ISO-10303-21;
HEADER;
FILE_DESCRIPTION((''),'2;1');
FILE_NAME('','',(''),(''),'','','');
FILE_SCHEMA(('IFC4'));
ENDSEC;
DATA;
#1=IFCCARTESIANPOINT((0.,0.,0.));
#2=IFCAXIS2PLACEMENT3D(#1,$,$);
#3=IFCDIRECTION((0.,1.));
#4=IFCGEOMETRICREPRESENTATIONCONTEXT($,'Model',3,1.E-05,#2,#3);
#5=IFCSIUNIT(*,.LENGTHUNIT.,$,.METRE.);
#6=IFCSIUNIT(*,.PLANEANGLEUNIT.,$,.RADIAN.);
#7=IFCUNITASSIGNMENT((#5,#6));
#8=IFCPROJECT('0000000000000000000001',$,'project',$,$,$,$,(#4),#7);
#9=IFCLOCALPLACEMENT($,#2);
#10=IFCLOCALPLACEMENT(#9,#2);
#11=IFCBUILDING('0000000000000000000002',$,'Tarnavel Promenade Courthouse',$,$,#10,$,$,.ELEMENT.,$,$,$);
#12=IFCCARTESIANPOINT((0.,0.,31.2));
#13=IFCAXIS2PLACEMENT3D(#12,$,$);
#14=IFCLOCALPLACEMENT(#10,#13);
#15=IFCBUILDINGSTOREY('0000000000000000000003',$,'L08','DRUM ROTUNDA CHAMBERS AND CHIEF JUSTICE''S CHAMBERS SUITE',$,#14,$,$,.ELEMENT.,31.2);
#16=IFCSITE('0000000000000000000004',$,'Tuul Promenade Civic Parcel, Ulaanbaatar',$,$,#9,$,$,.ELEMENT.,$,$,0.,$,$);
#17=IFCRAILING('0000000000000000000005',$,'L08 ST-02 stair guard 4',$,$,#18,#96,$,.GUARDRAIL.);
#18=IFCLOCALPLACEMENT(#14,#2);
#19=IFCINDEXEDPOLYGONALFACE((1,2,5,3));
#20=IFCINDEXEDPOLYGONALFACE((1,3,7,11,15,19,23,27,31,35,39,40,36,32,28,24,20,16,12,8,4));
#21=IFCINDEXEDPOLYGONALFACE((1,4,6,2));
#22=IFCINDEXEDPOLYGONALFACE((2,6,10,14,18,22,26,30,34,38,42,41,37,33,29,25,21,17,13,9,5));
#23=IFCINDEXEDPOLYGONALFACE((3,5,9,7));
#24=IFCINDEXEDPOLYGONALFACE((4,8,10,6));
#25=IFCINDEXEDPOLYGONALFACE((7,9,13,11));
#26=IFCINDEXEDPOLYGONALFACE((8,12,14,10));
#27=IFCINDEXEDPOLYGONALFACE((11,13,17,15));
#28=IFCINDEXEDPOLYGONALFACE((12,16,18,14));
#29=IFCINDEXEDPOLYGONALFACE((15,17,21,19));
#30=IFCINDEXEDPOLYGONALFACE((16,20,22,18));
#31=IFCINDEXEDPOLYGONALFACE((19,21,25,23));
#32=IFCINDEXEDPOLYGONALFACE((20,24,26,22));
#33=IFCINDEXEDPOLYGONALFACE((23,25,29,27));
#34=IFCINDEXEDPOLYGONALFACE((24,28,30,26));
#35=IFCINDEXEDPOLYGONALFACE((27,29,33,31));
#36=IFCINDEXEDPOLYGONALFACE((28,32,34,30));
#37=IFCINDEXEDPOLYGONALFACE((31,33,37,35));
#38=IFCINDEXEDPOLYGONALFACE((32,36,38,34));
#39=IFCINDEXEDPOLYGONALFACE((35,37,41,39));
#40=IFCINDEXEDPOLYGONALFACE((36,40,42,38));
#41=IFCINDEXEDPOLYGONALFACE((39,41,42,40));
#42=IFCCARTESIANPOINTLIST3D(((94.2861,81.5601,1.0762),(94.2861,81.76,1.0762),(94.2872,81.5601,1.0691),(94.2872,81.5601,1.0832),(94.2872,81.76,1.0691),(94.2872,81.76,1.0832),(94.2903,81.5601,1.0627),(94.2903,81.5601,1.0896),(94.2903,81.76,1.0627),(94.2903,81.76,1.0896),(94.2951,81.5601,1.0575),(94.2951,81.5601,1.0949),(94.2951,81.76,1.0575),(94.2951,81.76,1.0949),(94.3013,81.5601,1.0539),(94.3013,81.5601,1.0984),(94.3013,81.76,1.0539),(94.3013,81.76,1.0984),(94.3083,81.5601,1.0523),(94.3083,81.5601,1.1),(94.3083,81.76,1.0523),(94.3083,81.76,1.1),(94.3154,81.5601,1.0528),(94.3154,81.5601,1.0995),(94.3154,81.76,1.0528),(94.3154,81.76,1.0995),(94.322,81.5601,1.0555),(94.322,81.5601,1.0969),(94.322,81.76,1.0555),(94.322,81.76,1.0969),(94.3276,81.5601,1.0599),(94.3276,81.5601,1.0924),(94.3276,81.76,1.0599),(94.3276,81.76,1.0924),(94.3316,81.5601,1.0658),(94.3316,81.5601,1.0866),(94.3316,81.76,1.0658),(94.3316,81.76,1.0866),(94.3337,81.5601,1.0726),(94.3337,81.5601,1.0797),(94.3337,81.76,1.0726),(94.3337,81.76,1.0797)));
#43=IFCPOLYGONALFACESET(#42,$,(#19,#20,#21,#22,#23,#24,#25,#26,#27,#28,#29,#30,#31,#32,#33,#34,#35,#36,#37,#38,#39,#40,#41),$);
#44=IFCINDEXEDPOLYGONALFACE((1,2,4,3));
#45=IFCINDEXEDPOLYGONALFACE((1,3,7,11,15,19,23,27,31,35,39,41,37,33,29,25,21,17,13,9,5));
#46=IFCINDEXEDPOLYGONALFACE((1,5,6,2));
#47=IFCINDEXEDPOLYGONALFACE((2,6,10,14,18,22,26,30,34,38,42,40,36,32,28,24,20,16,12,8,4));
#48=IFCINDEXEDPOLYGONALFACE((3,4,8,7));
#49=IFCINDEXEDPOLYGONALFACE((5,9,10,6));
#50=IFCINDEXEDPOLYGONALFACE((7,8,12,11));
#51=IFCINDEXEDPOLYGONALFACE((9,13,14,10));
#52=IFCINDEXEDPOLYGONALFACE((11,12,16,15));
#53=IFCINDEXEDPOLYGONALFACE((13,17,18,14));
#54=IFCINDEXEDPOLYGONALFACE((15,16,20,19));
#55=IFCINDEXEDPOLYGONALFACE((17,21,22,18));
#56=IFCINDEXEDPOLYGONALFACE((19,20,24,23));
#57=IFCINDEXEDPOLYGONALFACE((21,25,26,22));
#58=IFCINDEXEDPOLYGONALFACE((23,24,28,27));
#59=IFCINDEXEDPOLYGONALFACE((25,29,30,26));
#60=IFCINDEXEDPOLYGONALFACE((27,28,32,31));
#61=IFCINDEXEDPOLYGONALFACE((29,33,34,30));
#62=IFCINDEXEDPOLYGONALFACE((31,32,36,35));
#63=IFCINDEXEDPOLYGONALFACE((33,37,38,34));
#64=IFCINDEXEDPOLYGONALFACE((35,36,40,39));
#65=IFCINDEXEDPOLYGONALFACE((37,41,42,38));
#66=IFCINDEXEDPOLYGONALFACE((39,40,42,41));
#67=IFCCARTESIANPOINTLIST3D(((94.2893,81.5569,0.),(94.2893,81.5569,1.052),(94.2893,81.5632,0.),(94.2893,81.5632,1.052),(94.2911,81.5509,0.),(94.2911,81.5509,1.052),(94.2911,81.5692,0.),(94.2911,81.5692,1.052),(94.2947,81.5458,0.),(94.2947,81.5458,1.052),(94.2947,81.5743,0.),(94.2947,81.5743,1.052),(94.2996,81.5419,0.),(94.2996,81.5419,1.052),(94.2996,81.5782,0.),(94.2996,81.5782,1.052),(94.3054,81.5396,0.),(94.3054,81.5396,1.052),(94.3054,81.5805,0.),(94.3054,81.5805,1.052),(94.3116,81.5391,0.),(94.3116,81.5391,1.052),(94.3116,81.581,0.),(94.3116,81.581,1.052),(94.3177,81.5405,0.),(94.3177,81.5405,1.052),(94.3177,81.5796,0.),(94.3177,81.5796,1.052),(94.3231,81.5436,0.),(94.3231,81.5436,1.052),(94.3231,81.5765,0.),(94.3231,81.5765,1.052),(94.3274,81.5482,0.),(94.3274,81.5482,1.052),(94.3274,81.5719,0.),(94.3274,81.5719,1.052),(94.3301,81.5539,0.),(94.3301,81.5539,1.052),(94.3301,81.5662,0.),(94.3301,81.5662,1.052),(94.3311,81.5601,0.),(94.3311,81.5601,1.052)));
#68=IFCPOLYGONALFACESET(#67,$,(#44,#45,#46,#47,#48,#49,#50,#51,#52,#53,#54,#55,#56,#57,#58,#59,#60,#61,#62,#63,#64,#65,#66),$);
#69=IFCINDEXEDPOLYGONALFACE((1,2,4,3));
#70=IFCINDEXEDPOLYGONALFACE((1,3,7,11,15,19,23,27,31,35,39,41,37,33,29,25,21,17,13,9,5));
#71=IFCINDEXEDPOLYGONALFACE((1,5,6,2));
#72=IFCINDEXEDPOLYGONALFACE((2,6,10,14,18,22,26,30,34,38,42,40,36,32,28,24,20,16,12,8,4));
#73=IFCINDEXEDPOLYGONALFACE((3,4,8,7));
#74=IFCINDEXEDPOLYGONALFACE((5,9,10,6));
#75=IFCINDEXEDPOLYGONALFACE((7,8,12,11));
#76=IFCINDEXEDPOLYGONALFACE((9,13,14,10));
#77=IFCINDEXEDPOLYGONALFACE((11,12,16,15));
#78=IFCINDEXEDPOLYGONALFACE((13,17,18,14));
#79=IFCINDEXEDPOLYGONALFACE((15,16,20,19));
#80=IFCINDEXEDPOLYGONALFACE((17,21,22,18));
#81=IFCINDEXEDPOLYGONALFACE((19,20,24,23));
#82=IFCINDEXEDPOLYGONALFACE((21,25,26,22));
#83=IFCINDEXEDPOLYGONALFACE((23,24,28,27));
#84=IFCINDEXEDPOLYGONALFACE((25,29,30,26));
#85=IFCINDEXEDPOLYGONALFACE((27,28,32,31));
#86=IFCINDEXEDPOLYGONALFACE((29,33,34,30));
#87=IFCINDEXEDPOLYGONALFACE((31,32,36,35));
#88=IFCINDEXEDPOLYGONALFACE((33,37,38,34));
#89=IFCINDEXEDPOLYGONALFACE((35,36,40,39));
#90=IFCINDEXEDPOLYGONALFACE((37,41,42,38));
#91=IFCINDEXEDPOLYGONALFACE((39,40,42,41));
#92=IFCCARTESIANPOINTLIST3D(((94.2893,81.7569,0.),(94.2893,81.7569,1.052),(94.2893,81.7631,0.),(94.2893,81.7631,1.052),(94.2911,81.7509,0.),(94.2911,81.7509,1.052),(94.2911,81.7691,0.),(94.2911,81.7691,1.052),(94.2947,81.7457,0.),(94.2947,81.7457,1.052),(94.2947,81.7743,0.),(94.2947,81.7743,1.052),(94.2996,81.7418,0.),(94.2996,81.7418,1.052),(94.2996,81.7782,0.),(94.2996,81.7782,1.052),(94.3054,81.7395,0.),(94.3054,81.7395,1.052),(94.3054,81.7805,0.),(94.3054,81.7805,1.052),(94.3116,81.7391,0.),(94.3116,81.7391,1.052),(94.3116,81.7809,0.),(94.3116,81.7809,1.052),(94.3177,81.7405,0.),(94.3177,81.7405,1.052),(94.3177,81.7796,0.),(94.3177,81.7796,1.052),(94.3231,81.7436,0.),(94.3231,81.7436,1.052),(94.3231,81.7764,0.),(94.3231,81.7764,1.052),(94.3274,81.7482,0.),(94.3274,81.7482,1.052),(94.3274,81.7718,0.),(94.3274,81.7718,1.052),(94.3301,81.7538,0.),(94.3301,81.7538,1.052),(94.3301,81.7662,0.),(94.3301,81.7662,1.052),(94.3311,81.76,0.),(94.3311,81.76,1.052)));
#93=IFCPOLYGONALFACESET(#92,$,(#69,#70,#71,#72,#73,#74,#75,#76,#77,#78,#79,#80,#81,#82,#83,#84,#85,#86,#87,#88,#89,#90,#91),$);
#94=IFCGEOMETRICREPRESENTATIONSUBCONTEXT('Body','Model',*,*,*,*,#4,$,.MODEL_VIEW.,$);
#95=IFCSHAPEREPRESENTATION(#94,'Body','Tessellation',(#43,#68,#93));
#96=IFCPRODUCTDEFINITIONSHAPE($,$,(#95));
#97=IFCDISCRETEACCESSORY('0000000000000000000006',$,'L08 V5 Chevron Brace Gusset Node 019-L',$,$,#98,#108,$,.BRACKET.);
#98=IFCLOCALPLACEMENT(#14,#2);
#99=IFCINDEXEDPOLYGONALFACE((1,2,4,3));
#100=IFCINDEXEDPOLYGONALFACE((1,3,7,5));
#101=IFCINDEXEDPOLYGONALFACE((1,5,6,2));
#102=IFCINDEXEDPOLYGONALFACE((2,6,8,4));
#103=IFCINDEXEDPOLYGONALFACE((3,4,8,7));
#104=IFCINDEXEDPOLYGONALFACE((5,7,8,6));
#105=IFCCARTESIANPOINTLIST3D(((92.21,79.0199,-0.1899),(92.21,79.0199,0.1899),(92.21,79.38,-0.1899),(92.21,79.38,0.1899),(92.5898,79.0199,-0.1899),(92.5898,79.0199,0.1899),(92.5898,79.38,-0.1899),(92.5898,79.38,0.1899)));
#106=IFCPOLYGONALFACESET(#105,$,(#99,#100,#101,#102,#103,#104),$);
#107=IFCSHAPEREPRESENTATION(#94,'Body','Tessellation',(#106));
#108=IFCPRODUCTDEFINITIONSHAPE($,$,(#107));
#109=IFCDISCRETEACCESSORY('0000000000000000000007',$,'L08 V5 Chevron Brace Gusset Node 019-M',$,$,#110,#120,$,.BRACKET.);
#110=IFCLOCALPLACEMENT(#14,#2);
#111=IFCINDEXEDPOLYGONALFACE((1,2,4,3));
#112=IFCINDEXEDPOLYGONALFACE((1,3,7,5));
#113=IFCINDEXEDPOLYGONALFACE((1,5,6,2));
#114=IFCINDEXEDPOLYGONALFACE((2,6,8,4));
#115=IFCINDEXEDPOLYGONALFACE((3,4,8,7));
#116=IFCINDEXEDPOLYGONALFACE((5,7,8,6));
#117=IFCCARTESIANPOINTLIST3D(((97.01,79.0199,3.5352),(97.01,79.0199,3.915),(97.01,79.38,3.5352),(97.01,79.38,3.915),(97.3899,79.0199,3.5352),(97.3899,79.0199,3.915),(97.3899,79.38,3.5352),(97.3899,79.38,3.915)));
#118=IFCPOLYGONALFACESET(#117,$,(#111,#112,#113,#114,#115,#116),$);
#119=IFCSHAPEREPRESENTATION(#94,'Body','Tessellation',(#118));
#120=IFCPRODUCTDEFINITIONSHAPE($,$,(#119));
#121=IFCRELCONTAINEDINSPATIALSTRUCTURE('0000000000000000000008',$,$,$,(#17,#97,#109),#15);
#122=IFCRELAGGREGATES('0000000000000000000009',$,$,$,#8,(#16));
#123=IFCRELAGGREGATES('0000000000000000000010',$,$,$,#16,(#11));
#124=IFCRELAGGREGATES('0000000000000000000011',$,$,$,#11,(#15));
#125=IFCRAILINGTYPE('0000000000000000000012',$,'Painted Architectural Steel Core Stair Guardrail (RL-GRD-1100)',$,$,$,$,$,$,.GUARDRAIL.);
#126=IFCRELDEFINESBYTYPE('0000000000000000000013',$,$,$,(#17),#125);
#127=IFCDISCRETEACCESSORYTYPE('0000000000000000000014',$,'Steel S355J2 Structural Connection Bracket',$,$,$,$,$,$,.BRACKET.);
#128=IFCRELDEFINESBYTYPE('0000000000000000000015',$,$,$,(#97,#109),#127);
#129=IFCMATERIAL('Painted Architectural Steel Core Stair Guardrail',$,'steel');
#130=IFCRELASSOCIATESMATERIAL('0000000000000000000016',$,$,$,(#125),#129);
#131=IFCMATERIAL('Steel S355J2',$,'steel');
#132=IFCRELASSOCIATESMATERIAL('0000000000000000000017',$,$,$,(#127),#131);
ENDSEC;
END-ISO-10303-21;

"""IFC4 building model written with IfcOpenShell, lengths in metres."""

from ifc_helpers import new_model, si_unit, direction, frame, origin, origin_2d, place, context, subcontext, project, spatial, rectangle, circle, extrude, material, type_object, element, save


model = new_model("IFC4")

# Units and contexts
model_context = context("Model", 3, precision=1e-05, world=origin(), true_north=direction((0.0, 1.0)))
body_context = subcontext(model_context, "Body", "Model", "MODEL_VIEW")
ifc_project = project(units=[si_unit("LENGTHUNIT", "METRE"), si_unit("PLANEANGLEUNIT", "RADIAN")], contexts=[model_context])

# Site, building, storey
site_placement = place(None, origin())
site = spatial("IfcSite", under=ifc_project, at=site_placement, Name="Tuul Promenade Civic Parcel, Ulaanbaatar", CompositionType="ELEMENT", RefElevation=0.0)
building_placement = place(site_placement, origin())
building = spatial("IfcBuilding", under=site, at=building_placement, Name="Tarnavel Promenade Courthouse", CompositionType="ELEMENT")
storey_placement = place(building_placement, frame((0.0, 0.0, 31.2)))
storey = spatial("IfcBuildingStorey", under=building, at=storey_placement, Name="L08", Description="DRUM ROTUNDA CHAMBERS AND CHIEF JUSTICE'S CHAMBERS SUITE", CompositionType="ELEMENT", Elevation=31.2)

# Shared definitions
ifc_material_1 = material(Name="Steel S355J2", Category="steel")

# Railing
ifc_material_2 = material(Name="Painted Architectural Steel Core Stair Guardrail", Category="steel")
railing_type_1 = type_object("IfcRailingType", Name="Painted Architectural Steel Core Stair Guardrail (RL-GRD-1100)", PredefinedType="GUARDRAIL", material=ifc_material_2)
railing_1_placement = place(storey_placement, frame((94.3101, 81.5601, 0.0)))
element("IfcRailing", 1, at=railing_1_placement, inside=storey, type_object=railing_type_1, Name="L08 ST-02 stair guard 4", PredefinedType="GUARDRAIL", context=body_context, shape_type="SweptSolid", body=[
    extrude(circle(Radius=0.0239, at=origin_2d()), frame((0.0, 0.0, 1.0762), z_axis=(0.0, 1.0, 0.0), x_axis=(-1.0, 0.0, 0.0)), (0.0, 0.0, 1.0), 0.2),
    extrude(circle(Radius=0.021, at=origin_2d()), origin(), (0.0, 0.0, 1.0), 1.052),
    extrude(circle(Radius=0.021, at=origin_2d()), frame((0.0, 0.2, 0.0)), (0.0, 0.0, 1.0), 1.052),
])

# Discrete accessories
discrete_accessory_type = type_object("IfcDiscreteAccessoryType", Name="Steel S355J2 Structural Connection Bracket", PredefinedType="BRACKET", material=ifc_material_1)
for number, where, z_axis, x_axis, name in (
    (2, (92.3999, 79.2, -0.1899), (0.0, 0.0, 1.0), (1.0, 0.0, 0.0), "L08 V5 Chevron Brace Gusset Node 019-L"),
    (3, (97.2, 79.2, 3.5352), (0.0, 0.0, 1.0), (1.0, 0.0, 0.0), "L08 V5 Chevron Brace Gusset Node 019-M"),
):
    element("IfcDiscreteAccessory", number, at=place(storey_placement, frame(where, z_axis=z_axis, x_axis=x_axis)), inside=storey, type_object=discrete_accessory_type, Name=name, PredefinedType="BRACKET", context=body_context, shape_type="SweptSolid", body=[
        extrude(rectangle(XDim=0.3799, YDim=0.3601, at=origin_2d()), origin(), (0.0, 0.0, 1.0), 0.3799),
    ])

save(model, "model.ifc")
